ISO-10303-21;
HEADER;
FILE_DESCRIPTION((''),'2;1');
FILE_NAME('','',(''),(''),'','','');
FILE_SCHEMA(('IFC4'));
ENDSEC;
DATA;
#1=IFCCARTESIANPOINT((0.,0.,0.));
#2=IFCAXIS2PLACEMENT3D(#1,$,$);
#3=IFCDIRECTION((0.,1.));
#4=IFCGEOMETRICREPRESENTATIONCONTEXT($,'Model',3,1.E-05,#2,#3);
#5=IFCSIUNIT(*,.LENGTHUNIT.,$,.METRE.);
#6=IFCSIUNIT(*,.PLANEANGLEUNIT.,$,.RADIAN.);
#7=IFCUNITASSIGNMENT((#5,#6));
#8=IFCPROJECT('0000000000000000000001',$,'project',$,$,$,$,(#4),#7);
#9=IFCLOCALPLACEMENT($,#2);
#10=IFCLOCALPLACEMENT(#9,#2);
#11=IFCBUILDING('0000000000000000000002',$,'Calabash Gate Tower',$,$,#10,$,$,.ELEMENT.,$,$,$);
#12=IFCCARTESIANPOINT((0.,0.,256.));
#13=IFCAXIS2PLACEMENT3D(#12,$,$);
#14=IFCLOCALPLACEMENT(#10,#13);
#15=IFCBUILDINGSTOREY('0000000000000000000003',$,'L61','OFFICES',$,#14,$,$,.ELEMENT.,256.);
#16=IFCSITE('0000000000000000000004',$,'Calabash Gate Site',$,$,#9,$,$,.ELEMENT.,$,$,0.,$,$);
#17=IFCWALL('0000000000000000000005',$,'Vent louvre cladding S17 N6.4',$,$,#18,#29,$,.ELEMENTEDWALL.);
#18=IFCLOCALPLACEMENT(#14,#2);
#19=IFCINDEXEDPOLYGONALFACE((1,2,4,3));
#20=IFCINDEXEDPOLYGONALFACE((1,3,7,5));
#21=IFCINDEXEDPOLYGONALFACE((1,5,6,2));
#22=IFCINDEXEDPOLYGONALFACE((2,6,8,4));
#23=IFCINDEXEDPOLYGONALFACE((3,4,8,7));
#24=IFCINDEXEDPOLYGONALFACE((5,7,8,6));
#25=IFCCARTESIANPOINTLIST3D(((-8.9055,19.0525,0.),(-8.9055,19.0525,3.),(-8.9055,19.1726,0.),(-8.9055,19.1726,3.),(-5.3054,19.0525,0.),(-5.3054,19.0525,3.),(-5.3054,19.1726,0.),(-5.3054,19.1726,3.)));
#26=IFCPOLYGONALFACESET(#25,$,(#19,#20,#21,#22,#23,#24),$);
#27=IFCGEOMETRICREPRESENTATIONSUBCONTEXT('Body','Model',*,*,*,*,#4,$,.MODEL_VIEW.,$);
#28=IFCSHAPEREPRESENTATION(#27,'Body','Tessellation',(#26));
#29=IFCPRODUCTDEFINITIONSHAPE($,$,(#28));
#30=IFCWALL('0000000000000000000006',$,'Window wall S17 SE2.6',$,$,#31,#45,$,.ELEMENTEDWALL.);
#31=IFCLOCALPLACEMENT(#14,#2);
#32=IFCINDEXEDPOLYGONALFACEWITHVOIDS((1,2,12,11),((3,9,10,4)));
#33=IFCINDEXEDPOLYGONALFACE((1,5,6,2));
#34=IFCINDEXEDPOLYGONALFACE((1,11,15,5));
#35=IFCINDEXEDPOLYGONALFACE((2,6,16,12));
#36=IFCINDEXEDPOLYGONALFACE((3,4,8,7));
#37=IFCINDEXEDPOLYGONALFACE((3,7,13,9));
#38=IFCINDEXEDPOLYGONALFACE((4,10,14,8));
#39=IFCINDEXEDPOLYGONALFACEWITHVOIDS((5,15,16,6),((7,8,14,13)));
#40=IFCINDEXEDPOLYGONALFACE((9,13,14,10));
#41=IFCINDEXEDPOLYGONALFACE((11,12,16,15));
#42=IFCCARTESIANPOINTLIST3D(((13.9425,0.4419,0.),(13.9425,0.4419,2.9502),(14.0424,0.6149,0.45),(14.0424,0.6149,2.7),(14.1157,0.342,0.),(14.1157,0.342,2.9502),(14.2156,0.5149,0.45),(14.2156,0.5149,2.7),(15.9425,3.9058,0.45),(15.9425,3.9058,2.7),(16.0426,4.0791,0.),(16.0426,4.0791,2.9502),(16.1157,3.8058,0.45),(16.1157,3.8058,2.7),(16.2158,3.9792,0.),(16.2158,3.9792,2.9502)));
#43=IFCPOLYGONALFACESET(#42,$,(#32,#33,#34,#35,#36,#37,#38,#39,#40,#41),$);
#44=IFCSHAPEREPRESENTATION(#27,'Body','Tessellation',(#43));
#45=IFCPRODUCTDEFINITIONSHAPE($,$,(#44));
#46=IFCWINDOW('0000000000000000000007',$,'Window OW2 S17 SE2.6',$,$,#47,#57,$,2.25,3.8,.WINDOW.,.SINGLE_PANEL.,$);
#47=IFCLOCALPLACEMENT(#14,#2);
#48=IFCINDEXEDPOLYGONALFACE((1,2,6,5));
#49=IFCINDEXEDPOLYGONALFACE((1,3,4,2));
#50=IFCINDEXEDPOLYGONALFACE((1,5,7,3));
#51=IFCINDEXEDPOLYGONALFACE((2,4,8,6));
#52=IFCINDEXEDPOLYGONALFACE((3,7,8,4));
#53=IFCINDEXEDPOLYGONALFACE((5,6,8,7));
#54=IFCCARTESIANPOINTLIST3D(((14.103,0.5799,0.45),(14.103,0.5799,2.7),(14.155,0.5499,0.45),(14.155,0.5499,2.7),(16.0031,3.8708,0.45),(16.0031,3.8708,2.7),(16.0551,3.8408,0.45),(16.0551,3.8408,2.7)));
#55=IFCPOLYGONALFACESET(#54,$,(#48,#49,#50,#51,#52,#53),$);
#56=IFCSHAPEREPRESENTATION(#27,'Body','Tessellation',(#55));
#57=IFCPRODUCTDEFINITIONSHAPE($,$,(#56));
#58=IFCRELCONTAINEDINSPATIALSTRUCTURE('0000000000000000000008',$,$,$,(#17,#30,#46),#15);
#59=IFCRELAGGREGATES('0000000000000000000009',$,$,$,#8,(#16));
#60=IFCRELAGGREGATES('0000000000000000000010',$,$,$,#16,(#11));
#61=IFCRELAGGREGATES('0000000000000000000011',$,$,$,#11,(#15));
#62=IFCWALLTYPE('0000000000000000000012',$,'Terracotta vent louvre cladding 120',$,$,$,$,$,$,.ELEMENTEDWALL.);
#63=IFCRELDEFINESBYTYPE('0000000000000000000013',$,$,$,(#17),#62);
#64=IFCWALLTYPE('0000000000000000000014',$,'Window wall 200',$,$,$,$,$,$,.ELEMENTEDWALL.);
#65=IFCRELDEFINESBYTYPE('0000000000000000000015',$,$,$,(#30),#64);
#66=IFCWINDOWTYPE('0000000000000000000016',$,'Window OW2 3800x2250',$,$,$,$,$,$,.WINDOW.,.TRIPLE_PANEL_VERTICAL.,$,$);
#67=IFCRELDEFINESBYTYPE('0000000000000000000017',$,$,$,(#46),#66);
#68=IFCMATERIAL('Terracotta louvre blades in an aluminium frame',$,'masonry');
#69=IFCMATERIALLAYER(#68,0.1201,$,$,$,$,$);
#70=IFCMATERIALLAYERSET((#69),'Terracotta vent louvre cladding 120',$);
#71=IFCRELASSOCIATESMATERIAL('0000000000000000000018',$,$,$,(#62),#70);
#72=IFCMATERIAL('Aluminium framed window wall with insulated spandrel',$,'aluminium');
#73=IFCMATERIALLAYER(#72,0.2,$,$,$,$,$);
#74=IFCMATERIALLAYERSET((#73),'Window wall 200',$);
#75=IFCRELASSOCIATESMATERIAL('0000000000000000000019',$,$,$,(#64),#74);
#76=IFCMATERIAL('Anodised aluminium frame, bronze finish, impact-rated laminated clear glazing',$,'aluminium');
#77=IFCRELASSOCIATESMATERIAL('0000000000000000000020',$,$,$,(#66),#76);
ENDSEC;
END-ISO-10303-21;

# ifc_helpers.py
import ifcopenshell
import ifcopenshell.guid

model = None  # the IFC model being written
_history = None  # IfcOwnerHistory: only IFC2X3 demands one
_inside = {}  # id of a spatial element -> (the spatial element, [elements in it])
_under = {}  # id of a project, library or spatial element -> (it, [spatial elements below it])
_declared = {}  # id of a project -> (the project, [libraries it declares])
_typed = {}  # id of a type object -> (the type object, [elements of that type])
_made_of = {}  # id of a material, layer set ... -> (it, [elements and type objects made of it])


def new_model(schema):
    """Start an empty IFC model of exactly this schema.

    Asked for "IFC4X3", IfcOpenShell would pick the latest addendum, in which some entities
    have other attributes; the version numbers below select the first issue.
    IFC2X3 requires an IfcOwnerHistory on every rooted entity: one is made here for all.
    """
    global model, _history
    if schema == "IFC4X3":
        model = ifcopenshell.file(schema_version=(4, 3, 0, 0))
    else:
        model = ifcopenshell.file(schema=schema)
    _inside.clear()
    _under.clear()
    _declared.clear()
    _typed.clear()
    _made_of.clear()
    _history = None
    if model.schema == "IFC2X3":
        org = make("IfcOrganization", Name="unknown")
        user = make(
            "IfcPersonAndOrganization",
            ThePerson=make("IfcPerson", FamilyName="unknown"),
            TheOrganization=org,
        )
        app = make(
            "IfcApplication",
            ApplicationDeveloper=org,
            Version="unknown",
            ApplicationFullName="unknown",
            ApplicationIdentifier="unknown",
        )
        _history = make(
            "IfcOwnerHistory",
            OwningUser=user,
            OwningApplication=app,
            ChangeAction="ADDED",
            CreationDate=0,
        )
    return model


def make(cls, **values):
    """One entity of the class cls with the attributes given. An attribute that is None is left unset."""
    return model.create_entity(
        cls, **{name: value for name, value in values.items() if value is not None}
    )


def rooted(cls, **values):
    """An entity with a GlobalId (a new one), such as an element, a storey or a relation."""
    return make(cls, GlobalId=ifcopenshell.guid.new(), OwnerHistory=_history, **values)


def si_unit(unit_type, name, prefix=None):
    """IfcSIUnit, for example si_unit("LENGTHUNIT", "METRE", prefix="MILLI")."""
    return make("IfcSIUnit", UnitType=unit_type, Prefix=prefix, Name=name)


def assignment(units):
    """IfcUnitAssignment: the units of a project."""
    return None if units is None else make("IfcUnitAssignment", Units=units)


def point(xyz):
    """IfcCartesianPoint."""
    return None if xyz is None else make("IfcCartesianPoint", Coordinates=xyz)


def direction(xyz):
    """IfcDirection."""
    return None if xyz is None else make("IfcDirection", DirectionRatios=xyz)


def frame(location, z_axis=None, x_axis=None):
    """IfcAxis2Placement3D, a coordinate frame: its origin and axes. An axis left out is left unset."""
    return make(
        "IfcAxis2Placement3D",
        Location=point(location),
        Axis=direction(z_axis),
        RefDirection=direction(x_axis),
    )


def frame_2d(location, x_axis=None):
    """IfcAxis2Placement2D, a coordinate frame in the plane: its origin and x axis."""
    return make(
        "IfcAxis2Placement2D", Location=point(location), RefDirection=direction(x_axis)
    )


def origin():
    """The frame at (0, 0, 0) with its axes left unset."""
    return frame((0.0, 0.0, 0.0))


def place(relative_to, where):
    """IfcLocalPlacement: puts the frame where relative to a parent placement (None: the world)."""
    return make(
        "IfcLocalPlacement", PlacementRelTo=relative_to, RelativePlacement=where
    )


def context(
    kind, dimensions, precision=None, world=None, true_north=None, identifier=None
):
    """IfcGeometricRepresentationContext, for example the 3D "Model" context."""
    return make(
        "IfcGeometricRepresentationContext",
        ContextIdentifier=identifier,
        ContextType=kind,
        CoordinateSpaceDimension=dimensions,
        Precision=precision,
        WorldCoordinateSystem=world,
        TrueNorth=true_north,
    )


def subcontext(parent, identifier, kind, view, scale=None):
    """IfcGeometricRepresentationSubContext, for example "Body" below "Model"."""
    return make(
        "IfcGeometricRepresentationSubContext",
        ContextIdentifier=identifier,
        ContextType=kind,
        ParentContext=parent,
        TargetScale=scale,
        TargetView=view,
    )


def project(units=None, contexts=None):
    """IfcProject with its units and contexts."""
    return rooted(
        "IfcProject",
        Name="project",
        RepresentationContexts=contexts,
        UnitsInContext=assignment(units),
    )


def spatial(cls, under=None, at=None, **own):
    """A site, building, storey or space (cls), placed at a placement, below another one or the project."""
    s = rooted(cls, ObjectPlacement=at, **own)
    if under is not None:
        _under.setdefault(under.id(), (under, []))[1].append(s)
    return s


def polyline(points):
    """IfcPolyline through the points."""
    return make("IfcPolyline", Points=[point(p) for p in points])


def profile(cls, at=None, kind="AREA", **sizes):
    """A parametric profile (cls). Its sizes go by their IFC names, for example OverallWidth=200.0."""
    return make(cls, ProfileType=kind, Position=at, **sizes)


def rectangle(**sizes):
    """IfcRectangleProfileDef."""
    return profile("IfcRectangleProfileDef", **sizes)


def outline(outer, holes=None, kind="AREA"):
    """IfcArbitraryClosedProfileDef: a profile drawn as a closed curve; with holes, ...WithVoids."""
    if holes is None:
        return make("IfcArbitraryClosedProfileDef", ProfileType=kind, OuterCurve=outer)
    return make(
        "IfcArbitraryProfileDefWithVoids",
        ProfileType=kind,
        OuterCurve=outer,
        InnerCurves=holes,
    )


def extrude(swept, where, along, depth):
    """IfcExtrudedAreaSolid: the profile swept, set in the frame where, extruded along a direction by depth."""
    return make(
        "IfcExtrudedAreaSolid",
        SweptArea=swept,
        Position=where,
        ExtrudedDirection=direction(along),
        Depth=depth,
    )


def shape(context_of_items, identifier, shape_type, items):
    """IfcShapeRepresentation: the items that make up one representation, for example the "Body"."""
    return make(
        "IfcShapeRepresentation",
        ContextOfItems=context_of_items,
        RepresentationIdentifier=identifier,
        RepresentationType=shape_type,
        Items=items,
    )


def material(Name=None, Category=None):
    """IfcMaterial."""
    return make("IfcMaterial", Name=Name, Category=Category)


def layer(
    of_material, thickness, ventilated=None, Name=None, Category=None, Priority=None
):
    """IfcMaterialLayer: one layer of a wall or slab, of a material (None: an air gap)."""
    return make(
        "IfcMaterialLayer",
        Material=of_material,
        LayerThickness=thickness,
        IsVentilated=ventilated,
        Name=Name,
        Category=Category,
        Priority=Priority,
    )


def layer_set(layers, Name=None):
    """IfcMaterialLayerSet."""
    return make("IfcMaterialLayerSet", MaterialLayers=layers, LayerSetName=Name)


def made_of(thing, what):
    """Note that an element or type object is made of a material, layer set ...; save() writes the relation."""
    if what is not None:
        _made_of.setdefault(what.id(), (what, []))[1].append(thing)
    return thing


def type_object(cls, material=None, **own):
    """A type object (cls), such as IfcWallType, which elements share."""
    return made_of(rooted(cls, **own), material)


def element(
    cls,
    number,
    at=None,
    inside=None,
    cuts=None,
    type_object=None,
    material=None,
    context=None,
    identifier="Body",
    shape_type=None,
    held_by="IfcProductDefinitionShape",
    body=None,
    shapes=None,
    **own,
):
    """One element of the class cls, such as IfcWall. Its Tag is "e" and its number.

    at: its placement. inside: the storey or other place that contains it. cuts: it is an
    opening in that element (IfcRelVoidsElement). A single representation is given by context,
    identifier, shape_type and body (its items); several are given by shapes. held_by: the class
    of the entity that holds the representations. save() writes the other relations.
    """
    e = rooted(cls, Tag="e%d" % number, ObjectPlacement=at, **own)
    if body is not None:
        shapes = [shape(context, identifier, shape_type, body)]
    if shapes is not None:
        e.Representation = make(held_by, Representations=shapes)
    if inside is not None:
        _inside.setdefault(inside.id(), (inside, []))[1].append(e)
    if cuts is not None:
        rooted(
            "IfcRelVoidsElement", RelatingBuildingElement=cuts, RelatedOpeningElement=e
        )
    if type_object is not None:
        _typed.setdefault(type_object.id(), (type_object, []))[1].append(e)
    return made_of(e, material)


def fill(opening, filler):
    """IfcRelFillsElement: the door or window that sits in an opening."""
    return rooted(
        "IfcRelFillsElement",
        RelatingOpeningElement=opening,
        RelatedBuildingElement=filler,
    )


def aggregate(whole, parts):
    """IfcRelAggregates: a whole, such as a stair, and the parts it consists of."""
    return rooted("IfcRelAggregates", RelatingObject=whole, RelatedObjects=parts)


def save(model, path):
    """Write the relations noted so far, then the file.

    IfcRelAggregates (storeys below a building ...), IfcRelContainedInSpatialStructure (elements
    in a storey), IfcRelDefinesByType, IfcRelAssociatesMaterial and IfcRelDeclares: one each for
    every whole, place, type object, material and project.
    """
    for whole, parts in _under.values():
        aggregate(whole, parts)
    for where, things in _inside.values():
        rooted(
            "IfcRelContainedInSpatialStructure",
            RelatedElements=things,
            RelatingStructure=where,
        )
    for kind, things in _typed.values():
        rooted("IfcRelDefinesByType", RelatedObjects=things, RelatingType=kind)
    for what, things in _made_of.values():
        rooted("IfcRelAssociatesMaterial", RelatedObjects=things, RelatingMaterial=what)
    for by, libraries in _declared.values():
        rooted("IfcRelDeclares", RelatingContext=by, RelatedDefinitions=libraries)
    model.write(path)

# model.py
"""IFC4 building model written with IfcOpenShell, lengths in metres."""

from ifc_helpers import new_model, si_unit, direction, frame, frame_2d, origin, place, context, subcontext, project, spatial, polyline, rectangle, outline, extrude, material, layer, layer_set, type_object, element, fill, save


model = new_model("IFC4")

# Units and contexts
model_context = context("Model", 3, precision=1e-05, world=origin(), true_north=direction((0.0, 1.0)))
body_context = subcontext(model_context, "Body", "Model", "MODEL_VIEW")
ifc_project = project(units=[si_unit("LENGTHUNIT", "METRE"), si_unit("PLANEANGLEUNIT", "RADIAN")], contexts=[model_context])

# Site, building, storey
site_placement = place(None, origin())
site = spatial("IfcSite", under=ifc_project, at=site_placement, Name="Calabash Gate Site", CompositionType="ELEMENT", RefElevation=0.0)
building_placement = place(site_placement, origin())
building = spatial("IfcBuilding", under=site, at=building_placement, Name="Calabash Gate Tower", CompositionType="ELEMENT")
storey_placement = place(building_placement, frame((0.0, 0.0, 256.0)))
storey = spatial("IfcBuildingStorey", under=building, at=storey_placement, Name="L61", Description="OFFICES", CompositionType="ELEMENT", Elevation=256.0)

# Wall
ifc_material_1 = material(Name="Terracotta louvre blades in an aluminium frame", Category="masonry")
ifc_layer_1 = layer(ifc_material_1, 0.1201)
ifc_layer_set_1 = layer_set([ifc_layer_1], Name="Terracotta vent louvre cladding 120")
wall_type_1 = type_object("IfcWallType", Name="Terracotta vent louvre cladding 120", PredefinedType="ELEMENTEDWALL", material=ifc_layer_set_1)
wall_1_placement = place(storey_placement, origin())
element("IfcWall", 1, at=wall_1_placement, inside=storey, type_object=wall_type_1, Name="Vent louvre cladding S17 N6.4", PredefinedType="ELEMENTEDWALL", context=body_context, shape_type="SweptSolid", body=[
    extrude(outline(polyline([(-8.9055, 19.1726), (-8.9055, 19.0525), (-5.3054, 19.0525), (-5.3054, 19.1726), (-8.9055, 19.1726)])), origin(), (0.0, 0.0, 1.0), 3.0),
])

# Wall, opening, window
ifc_material_2 = material(Name="Aluminium framed window wall with insulated spandrel", Category="aluminium")
ifc_layer_2 = layer(ifc_material_2, 0.2)
ifc_layer_set_2 = layer_set([ifc_layer_2], Name="Window wall 200")
wall_type_2 = type_object("IfcWallType", Name="Window wall 200", PredefinedType="ELEMENTEDWALL", material=ifc_layer_set_2)
wall_2_placement = place(storey_placement, frame((14.0291, 0.3918, 0.0), z_axis=(0.0, 0.0, 1.0), x_axis=(0.500028, 0.866009, 0.0)))
wall_2 = element("IfcWall", 2, at=wall_2_placement, inside=storey, type_object=wall_type_2, Name="Window wall S17 SE2.6", PredefinedType="ELEMENTEDWALL", context=body_context, shape_type="SweptSolid", body=[
    extrude(rectangle(XDim=4.2, YDim=0.2, at=frame_2d((2.1001, 0.0))), origin(), (0.0, 0.0, 1.0), 2.9502),
])
opening_placement = place(wall_2_placement, frame((0.2, 0.0, 0.45)))
opening = element("IfcOpeningElement", 3, at=opening_placement, cuts=wall_2, PredefinedType="OPENING", context=body_context, shape_type="SweptSolid", body=[
    extrude(rectangle(XDim=3.8, YDim=2.25, at=frame_2d((1.8999, 1.125))), frame((0.0, 0.1099, 0.0), z_axis=(0.0, -1.0, 0.0), x_axis=(1.0, 0.0, 0.0)), (0.0, 0.0, 1.0), 0.22),
])
ifc_material_3 = material(Name="Anodised aluminium frame, bronze finish, impact-rated laminated clear glazing", Category="aluminium")
window_type = type_object("IfcWindowType", Name="Window OW2 3800x2250", PartitioningType="TRIPLE_PANEL_VERTICAL", PredefinedType="WINDOW", material=ifc_material_3)
window_placement = place(opening_placement, origin())
window = element("IfcWindow", 4, at=window_placement, inside=storey, type_object=window_type, Name="Window OW2 S17 SE2.6", OverallHeight=2.25, OverallWidth=3.8, PartitioningType="SINGLE_PANEL", PredefinedType="WINDOW", context=body_context, shape_type="SweptSolid", body=[
    extrude(rectangle(XDim=3.8, YDim=2.25, at=frame_2d((1.8999, 1.125))), frame((0.0, 0.03, 0.0), z_axis=(0.0, -1.0, 0.0), x_axis=(1.0, 0.0, 0.0)), (0.0, 0.0, 1.0), 0.0601),
])
fill(opening, window)

save(model, "model.ifc")
